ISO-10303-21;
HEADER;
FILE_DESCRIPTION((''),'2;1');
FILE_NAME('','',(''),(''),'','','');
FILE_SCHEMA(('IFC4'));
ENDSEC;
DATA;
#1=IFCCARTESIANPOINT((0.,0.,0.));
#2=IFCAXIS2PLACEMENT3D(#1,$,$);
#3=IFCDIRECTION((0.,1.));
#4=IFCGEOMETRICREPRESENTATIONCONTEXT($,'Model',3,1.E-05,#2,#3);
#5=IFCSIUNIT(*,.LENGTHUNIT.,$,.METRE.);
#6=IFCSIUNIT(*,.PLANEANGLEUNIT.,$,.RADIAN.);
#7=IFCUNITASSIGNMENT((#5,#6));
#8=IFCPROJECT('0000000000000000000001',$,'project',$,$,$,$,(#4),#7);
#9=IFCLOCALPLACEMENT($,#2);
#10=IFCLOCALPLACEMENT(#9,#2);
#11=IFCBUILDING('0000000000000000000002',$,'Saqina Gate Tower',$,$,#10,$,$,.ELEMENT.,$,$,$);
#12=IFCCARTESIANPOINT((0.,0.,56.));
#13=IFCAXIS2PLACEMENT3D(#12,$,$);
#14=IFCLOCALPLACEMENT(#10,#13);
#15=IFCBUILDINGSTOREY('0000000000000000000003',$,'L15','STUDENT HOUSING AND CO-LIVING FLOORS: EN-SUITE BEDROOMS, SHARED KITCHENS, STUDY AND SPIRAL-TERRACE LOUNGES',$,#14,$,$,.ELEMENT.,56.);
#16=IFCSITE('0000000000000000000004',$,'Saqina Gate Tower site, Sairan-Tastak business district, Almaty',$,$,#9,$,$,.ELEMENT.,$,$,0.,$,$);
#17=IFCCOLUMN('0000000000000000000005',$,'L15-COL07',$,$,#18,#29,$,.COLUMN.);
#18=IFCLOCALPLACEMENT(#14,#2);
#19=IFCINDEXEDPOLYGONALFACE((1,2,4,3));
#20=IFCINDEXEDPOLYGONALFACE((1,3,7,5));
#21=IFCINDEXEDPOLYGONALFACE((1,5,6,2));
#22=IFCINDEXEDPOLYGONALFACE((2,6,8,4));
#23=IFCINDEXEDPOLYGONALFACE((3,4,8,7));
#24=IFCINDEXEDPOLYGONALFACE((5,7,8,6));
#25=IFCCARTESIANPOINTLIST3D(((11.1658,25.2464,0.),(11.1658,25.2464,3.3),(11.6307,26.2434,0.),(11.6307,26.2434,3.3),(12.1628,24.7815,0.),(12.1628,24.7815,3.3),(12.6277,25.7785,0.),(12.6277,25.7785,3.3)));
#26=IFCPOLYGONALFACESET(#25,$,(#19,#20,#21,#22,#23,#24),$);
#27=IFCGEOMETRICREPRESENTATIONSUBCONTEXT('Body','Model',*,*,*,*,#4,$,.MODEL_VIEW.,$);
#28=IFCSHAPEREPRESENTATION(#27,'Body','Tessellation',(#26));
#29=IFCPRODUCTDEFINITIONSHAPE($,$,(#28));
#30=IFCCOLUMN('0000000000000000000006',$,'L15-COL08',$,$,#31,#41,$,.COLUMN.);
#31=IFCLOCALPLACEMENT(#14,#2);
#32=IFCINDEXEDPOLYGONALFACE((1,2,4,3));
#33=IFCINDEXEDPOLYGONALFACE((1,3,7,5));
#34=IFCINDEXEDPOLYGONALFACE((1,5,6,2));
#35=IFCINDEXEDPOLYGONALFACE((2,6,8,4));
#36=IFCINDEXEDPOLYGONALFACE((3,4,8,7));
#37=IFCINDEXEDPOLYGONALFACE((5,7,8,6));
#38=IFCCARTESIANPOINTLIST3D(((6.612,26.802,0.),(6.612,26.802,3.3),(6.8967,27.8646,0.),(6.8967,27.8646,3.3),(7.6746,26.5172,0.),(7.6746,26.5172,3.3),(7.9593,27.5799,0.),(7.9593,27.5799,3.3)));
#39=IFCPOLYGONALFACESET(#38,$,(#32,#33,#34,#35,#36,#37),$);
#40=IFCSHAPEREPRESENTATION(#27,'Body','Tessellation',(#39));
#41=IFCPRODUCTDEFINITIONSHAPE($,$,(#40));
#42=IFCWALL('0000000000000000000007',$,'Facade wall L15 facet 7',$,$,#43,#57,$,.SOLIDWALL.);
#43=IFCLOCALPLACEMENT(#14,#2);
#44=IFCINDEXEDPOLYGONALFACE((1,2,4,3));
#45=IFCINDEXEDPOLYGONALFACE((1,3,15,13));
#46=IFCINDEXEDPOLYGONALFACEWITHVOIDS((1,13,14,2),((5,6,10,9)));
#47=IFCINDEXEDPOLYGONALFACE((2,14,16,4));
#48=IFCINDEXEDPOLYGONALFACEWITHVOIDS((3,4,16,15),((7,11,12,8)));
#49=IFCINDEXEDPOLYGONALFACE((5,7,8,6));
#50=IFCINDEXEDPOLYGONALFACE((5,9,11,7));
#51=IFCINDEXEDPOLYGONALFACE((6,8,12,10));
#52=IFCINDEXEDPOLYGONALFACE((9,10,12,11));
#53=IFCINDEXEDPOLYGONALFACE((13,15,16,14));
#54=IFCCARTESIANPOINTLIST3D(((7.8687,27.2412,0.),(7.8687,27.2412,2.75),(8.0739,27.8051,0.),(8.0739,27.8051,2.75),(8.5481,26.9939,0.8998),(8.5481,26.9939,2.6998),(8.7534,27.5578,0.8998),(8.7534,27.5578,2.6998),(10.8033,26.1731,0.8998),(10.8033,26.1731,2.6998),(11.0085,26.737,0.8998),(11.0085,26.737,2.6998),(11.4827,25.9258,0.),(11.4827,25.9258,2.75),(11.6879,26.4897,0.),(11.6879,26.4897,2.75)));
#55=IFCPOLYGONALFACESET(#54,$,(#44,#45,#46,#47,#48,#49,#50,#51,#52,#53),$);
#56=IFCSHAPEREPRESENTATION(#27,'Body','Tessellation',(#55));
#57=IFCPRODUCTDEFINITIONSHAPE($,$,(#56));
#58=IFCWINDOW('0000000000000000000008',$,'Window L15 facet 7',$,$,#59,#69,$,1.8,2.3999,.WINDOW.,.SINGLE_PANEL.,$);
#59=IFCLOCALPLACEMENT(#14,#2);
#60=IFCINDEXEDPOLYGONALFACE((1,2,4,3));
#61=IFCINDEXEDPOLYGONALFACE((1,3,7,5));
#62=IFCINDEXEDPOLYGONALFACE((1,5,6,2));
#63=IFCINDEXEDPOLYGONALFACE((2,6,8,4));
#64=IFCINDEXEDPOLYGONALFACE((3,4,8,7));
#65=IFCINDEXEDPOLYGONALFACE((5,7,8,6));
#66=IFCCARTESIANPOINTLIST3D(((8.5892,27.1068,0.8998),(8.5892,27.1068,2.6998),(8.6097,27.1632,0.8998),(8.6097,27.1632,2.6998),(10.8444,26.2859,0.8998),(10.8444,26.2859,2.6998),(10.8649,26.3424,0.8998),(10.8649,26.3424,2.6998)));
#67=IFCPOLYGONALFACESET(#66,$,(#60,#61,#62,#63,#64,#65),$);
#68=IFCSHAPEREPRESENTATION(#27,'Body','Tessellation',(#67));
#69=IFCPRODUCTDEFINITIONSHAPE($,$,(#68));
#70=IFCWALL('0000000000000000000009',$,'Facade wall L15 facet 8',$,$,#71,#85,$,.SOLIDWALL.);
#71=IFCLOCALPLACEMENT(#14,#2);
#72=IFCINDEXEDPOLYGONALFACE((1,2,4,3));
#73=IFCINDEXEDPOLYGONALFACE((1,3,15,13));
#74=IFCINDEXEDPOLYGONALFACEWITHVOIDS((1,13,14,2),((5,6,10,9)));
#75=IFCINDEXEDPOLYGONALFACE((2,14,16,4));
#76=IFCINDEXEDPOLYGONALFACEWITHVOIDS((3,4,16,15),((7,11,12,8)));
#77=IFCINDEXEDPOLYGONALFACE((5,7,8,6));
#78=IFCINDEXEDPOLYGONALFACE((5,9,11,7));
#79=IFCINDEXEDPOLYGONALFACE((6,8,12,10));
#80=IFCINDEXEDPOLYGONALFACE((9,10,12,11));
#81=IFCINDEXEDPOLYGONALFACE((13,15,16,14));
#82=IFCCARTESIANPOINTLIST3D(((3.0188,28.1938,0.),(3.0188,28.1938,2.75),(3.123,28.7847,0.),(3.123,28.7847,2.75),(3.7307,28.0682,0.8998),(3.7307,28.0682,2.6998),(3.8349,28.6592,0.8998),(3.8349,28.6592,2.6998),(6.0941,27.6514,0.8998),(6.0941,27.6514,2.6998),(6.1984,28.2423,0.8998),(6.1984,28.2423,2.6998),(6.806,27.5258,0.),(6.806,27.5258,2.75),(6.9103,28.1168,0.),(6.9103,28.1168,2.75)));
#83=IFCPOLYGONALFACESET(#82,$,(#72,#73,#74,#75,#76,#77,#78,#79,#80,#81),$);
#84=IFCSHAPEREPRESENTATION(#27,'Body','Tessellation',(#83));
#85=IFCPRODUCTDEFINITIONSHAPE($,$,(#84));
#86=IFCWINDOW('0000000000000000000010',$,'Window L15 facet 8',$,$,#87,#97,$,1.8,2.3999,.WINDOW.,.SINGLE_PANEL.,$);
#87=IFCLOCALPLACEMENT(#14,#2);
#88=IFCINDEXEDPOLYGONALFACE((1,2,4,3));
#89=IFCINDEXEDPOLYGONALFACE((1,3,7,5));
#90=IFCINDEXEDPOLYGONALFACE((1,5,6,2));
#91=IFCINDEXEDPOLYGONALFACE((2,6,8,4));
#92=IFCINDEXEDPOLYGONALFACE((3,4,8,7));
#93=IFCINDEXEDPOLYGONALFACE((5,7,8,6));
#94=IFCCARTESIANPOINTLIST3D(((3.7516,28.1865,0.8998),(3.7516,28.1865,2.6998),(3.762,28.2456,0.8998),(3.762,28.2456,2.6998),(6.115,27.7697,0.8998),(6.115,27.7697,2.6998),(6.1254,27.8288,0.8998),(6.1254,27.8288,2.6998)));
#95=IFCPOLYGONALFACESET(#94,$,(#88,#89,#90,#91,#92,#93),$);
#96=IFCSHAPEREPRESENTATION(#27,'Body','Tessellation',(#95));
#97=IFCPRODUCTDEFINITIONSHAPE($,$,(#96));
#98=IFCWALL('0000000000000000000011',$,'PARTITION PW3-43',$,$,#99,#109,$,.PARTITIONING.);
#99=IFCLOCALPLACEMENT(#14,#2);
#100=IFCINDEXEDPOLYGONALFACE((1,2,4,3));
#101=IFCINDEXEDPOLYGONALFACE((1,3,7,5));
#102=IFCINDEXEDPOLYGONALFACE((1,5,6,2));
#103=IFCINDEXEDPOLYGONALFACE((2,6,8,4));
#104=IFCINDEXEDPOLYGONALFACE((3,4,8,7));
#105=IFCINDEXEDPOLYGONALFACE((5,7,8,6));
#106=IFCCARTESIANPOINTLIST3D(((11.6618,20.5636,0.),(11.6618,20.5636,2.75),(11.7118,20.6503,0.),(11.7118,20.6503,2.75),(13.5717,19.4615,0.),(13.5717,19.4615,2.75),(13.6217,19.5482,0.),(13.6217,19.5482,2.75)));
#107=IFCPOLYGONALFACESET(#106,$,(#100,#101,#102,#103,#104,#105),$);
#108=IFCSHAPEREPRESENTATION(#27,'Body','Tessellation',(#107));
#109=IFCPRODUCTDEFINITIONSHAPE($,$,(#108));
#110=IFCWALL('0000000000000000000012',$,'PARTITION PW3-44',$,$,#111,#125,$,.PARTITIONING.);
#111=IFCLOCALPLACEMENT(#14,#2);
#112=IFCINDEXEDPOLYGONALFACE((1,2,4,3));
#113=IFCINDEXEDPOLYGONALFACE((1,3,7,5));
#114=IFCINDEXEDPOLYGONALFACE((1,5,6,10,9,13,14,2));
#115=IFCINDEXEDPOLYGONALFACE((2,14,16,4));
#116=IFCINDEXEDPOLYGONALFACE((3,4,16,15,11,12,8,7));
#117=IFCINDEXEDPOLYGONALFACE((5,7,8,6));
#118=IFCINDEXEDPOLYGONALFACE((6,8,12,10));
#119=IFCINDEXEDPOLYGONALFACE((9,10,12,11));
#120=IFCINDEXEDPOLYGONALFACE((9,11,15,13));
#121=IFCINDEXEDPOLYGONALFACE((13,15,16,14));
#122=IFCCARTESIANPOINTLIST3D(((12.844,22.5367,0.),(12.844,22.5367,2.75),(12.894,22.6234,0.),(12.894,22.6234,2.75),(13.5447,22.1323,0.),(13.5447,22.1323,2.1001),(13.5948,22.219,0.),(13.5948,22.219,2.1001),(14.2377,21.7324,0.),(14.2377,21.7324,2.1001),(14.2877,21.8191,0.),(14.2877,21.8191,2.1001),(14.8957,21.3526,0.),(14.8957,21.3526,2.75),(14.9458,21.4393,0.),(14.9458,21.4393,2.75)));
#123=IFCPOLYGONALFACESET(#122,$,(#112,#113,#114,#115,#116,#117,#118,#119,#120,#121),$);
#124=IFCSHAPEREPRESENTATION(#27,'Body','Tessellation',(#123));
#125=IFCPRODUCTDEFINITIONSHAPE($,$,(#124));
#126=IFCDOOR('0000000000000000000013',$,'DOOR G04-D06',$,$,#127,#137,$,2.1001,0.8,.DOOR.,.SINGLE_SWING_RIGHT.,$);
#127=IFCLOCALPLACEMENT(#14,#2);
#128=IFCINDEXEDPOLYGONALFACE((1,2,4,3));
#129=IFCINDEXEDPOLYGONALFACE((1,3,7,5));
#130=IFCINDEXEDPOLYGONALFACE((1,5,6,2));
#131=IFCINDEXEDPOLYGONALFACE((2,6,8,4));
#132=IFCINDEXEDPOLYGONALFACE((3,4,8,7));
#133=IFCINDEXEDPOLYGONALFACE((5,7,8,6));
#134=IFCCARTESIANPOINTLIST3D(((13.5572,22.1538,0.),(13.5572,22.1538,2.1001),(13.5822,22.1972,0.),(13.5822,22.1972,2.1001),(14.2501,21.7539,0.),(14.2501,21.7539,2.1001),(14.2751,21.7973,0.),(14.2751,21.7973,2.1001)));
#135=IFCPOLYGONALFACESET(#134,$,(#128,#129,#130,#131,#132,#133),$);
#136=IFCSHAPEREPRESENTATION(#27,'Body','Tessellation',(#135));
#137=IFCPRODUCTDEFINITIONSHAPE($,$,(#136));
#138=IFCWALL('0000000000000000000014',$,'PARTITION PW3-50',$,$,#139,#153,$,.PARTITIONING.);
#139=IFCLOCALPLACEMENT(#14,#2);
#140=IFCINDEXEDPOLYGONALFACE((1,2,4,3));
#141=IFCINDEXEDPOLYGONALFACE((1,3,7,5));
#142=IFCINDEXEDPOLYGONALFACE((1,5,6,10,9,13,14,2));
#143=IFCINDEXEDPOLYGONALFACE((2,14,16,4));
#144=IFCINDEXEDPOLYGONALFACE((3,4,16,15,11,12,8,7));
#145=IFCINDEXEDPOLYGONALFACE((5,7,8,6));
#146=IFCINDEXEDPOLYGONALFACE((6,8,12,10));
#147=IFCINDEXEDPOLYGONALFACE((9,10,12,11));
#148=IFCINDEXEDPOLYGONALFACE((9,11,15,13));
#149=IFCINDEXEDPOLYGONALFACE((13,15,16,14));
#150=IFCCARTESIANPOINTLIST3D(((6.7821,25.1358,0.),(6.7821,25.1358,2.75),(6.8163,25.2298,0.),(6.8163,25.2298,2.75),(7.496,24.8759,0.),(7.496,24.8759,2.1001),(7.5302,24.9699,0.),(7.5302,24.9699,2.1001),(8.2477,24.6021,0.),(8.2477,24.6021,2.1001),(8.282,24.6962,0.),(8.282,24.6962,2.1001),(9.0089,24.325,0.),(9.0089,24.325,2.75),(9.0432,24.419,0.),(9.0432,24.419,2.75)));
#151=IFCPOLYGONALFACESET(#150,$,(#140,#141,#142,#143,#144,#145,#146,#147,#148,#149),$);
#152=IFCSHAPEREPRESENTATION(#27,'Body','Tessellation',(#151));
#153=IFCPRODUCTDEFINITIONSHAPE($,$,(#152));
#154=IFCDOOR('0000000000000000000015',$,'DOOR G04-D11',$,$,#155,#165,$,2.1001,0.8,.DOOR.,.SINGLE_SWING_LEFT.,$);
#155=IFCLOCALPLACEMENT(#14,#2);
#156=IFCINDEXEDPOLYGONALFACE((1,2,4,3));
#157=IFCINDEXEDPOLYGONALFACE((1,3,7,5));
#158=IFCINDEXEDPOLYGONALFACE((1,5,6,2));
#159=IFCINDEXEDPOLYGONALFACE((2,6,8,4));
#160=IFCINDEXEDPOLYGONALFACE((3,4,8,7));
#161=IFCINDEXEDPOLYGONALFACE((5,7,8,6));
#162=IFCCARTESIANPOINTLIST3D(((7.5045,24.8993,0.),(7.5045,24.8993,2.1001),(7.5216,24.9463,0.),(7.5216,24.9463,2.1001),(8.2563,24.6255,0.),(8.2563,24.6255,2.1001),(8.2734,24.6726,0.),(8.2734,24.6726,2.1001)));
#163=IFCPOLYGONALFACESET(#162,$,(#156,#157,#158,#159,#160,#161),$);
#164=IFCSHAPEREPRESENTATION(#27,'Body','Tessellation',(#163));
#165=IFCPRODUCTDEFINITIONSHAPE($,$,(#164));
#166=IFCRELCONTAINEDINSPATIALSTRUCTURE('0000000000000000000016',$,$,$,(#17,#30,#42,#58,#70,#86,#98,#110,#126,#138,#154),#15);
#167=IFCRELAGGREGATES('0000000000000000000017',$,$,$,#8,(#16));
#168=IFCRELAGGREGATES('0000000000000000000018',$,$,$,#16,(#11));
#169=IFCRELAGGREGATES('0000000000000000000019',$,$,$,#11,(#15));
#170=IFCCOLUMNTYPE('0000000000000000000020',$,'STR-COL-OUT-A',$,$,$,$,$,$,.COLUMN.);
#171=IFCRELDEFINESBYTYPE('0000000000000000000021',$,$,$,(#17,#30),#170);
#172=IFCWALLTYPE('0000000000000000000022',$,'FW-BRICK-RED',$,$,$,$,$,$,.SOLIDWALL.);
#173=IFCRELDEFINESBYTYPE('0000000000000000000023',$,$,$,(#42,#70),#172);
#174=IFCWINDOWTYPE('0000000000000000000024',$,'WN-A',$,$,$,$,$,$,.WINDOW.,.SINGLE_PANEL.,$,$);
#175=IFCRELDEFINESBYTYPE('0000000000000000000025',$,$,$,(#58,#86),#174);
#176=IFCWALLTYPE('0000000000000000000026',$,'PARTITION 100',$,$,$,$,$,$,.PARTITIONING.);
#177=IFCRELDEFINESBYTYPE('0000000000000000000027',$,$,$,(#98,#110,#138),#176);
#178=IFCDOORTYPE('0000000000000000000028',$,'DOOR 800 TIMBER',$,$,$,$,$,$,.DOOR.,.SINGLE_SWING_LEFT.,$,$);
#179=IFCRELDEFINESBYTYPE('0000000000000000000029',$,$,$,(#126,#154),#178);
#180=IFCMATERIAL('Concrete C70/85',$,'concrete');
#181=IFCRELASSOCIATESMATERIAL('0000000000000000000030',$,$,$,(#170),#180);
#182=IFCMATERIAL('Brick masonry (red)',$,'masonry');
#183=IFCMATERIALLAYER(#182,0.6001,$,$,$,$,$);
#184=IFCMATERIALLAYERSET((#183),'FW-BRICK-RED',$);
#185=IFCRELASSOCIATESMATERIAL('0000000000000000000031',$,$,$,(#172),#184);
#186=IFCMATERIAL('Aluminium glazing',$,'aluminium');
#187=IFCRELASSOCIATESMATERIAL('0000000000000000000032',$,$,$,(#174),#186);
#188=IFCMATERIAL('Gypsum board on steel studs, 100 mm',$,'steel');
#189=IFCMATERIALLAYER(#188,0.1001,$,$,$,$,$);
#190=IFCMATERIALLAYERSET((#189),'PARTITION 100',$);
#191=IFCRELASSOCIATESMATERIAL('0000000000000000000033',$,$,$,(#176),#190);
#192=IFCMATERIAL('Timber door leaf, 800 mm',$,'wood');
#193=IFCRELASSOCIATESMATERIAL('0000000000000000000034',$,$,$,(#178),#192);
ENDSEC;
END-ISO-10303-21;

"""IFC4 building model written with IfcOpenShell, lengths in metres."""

from ifc_helpers import new_model, si_unit, direction, frame, frame_2d, origin, origin_2d, place, context, subcontext, project, spatial, rectangle, extrude, material, layer, layer_set, material_profile, profile_set, type_object, element, fill, save


model = new_model("IFC4")

# Units and contexts
model_context = context("Model", 3, precision=1e-05, world=origin(), true_north=direction((0.0, 1.0)))
body_context = subcontext(model_context, "Body", "Model", "MODEL_VIEW")
ifc_project = project(units=[si_unit("LENGTHUNIT", "METRE"), si_unit("PLANEANGLEUNIT", "RADIAN")], contexts=[model_context])

# Site, building, storey
site_placement = place(None, origin())
site = spatial("IfcSite", under=ifc_project, at=site_placement, Name="Saqina Gate Tower site, Sairan-Tastak business district, Almaty", CompositionType="ELEMENT", RefElevation=0.0)
building_placement = place(site_placement, origin())
building = spatial("IfcBuilding", under=site, at=building_placement, Name="Saqina Gate Tower", CompositionType="ELEMENT")
storey_placement = place(building_placement, frame((0.0, 0.0, 56.0)))
storey = spatial("IfcBuildingStorey", under=building, at=storey_placement, Name="L15", Description="STUDENT HOUSING AND CO-LIVING FLOORS: EN-SUITE BEDROOMS, SHARED KITCHENS, STUDY AND SPIRAL-TERRACE LOUNGES", CompositionType="ELEMENT", Elevation=56.0)

# Columns
ifc_material_1 = material(Name="Concrete C70/85", Category="concrete")
ifc_material_profile = material_profile(ifc_material_1, rectangle(XDim=1.1001, YDim=1.1001, at=origin_2d()), Name="RC 1100x1100")
ifc_profile_set = profile_set([ifc_material_profile], Name="Concrete C70/85")
column_type = type_object("IfcColumnType", Name="STR-COL-OUT-A", PredefinedType="COLUMN", material=ifc_profile_set)
for number, where, z_axis, x_axis, name in (
    (1, (11.8967, 25.5125, 0.0), (0.0, 0.0, 1.0), (0.422618, 0.906308, 0.0), "L15-COL07"),
    (2, (7.2856, 27.1909, 0.0), (0.0, 0.0, 1.0), (0.258819, 0.965926, 0.0), "L15-COL08"),
):
    element("IfcColumn", number, at=place(storey_placement, frame(where, z_axis=z_axis, x_axis=x_axis)), inside=storey, type_object=column_type, Name=name, PredefinedType="COLUMN", context=body_context, shape_type="SweptSolid", body=[
        extrude(rectangle(XDim=1.1001, YDim=1.1001, at=origin_2d()), origin(), (0.0, 0.0, 1.0), 3.3),
    ])

# Walls, openings, windows
ifc_material_2 = material(Name="Brick masonry (red)", Category="masonry")
ifc_layer_1 = layer(ifc_material_2, 0.6001)
ifc_layer_set_1 = layer_set([ifc_layer_1], Name="FW-BRICK-RED")
wall_type_1 = type_object("IfcWallType", Name="FW-BRICK-RED", PredefinedType="SOLIDWALL", material=ifc_layer_set_1)
wall_1_placement = place(storey_placement, frame((11.5852, 26.2078, 0.0), z_axis=(0.0, 0.0, 1.0), x_axis=(-0.93969, 0.342028, 0.0)))
wall_1 = element("IfcWall", 3, at=wall_1_placement, inside=storey, type_object=wall_type_1, Name="Facade wall L15 facet 7", PredefinedType="SOLIDWALL", context=body_context, shape_type="SweptSolid", body=[
    extrude(rectangle(XDim=3.8459, YDim=0.6001, at=frame_2d((1.9229, 0.0))), origin(), (0.0, 0.0, 1.0), 2.75),
])
opening_1_placement = place(wall_1_placement, frame((0.7229, 0.0, 0.8999)))
opening_1 = element("IfcOpeningElement", 4, at=opening_1_placement, cuts=wall_1, PredefinedType="OPENING", context=body_context, shape_type="SweptSolid", body=[
    extrude(rectangle(XDim=2.3999, YDim=1.8, at=frame_2d((1.2, 0.8999))), frame((0.0, 0.312, 0.0), z_axis=(0.0, -1.0, 0.0), x_axis=(1.0, 0.0, 0.0)), (0.0, 0.0, 1.0), 0.624),
])
ifc_material_3 = material(Name="Aluminium glazing", Category="aluminium")
window_type = type_object("IfcWindowType", Name="WN-A", PartitioningType="SINGLE_PANEL", PredefinedType="WINDOW", material=ifc_material_3)
window_1_placement = place(opening_1_placement, origin())
window_1 = element("IfcWindow", 5, at=window_1_placement, inside=storey, type_object=window_type, Name="Window L15 facet 7", OverallHeight=1.8, OverallWidth=2.3999, PartitioningType="SINGLE_PANEL", PredefinedType="WINDOW", context=body_context, shape_type="SweptSolid", body=[
    extrude(rectangle(XDim=2.3999, YDim=1.8, at=frame_2d((1.2, 0.8999))), frame((0.0, 0.1799, 0.0), z_axis=(0.0, -1.0, 0.0), x_axis=(1.0, 0.0, 0.0)), (0.0, 0.0, 1.0), 0.0601),
])
fill(opening_1, window_1)
wall_2_placement = place(storey_placement, frame((6.8582, 27.8213, 0.0), z_axis=(0.0, 0.0, 1.0), x_axis=(-0.984801, 0.173688, 0.0)))
wall_2 = element("IfcWall", 6, at=wall_2_placement, inside=storey, type_object=wall_type_1, Name="Facade wall L15 facet 8", PredefinedType="SOLIDWALL", context=body_context, shape_type="SweptSolid", body=[
    extrude(rectangle(XDim=3.8457, YDim=0.6001, at=frame_2d((1.9229, 0.0))), origin(), (0.0, 0.0, 1.0), 2.75),
])
opening_2_placement = place(wall_2_placement, frame((0.7229, 0.0, 0.8999)))
opening_2 = element("IfcOpeningElement", 7, at=opening_2_placement, cuts=wall_2, PredefinedType="OPENING", context=body_context, shape_type="SweptSolid", body=[
    extrude(rectangle(XDim=2.3999, YDim=1.8, at=frame_2d((1.2, 0.8999))), frame((0.0, 0.312, 0.0), z_axis=(0.0, -1.0, 0.0), x_axis=(1.0, 0.0, 0.0)), (0.0, 0.0, 1.0), 0.624),
])
window_2_placement = place(opening_2_placement, origin())
window_2 = element("IfcWindow", 8, at=window_2_placement, inside=storey, type_object=window_type, Name="Window L15 facet 8", OverallHeight=1.8, OverallWidth=2.3999, PartitioningType="SINGLE_PANEL", PredefinedType="WINDOW", context=body_context, shape_type="SweptSolid", body=[
    extrude(rectangle(XDim=2.3999, YDim=1.8, at=frame_2d((1.2, 0.8999))), frame((0.0, 0.1799, 0.0), z_axis=(0.0, -1.0, 0.0), x_axis=(1.0, 0.0, 0.0)), (0.0, 0.0, 1.0), 0.0601),
])
fill(opening_2, window_2)

# Wall
ifc_material_4 = material(Name="Gypsum board on steel studs, 100 mm", Category="steel")
ifc_layer_2 = layer(ifc_material_4, 0.1001)
ifc_layer_set_2 = layer_set([ifc_layer_2], Name="PARTITION 100")
wall_type_2 = type_object("IfcWallType", Name="PARTITION 100", PredefinedType="PARTITIONING", material=ifc_layer_set_2)
wall_3_placement = place(storey_placement, frame((11.6868, 20.6069, 0.0), z_axis=(0.0, 0.0, 1.0), x_axis=(0.866151, -0.499783, 0.0)))
element("IfcWall", 9, at=wall_3_placement, inside=storey, type_object=wall_type_2, Name="PARTITION PW3-43", PredefinedType="PARTITIONING", context=body_context, shape_type="SweptSolid", body=[
    extrude(rectangle(XDim=2.2051, YDim=0.1001, at=frame_2d((1.1025, 0.0))), origin(), (0.0, 0.0, 1.0), 2.75),
])

# Walls, openings, doors
wall_4_placement = place(storey_placement, frame((12.8689, 22.5801, 0.0), z_axis=(0.0, 0.0, 1.0), x_axis=(0.866117, -0.499841, 0.0)))
wall_4 = element("IfcWall", 10, at=wall_4_placement, inside=storey, type_object=wall_type_2, Name="PARTITION PW3-44", PredefinedType="PARTITIONING", context=body_context, shape_type="SweptSolid", body=[
    extrude(rectangle(XDim=2.3689, YDim=0.1001, at=frame_2d((1.1846, 0.0))), origin(), (0.0, 0.0, 1.0), 2.75),
])
opening_3_placement = place(wall_4_placement, frame((0.8093, 0.0, 0.0)))
opening_3 = element("IfcOpeningElement", 11, at=opening_3_placement, cuts=wall_4, PredefinedType="OPENING", context=body_context, shape_type="SweptSolid", body=[
    extrude(rectangle(XDim=0.8, YDim=2.1001, at=frame_2d((0.3999, 1.05))), frame((0.0, 0.062, 0.0), z_axis=(0.0, -1.0, 0.0), x_axis=(1.0, 0.0, 0.0)), (0.0, 0.0, 1.0), 0.124),
])
ifc_material_5 = material(Name="Timber door leaf, 800 mm", Category="wood")
door_type_1 = type_object("IfcDoorType", Name="DOOR 800 TIMBER", OperationType="SINGLE_SWING_LEFT", PredefinedType="DOOR", material=ifc_material_5)
door_1_placement = place(opening_3_placement, origin())
door_1 = element("IfcDoor", 12, at=door_1_placement, inside=storey, type_object=door_type_1, Name="DOOR G04-D06", OperationType="SINGLE_SWING_RIGHT", OverallHeight=2.1001, OverallWidth=0.8, PredefinedType="DOOR", context=body_context, shape_type="SweptSolid", body=[
    extrude(rectangle(XDim=0.8, YDim=2.1001, at=frame_2d((0.3999, 1.05))), frame((0.0, 0.0249, 0.0), z_axis=(0.0, -1.0, 0.0), x_axis=(1.0, 0.0, 0.0)), (0.0, 0.0, 1.0), 0.05),
])
fill(opening_3, door_1)
wall_5_placement = place(storey_placement, frame((6.7991, 25.1829, 0.0), z_axis=(0.0, 0.0, 1.0), x_axis=(0.939652, -0.342132, 0.0)))
wall_5 = element("IfcWall", 13, at=wall_5_placement, inside=storey, type_object=wall_type_2, Name="PARTITION PW3-50", PredefinedType="PARTITIONING", context=body_context, shape_type="SweptSolid", body=[
    extrude(rectangle(XDim=2.3699, YDim=0.1001, at=frame_2d((1.1851, 0.0))), origin(), (0.0, 0.0, 1.0), 2.75),
])
opening_4_placement = place(wall_5_placement, frame((0.76, 0.0, 0.0)))
opening_4 = element("IfcOpeningElement", 14, at=opening_4_placement, cuts=wall_5, PredefinedType="OPENING", context=body_context, shape_type="SweptSolid", body=[
    extrude(rectangle(XDim=0.8, YDim=2.1001, at=frame_2d((0.3999, 1.05))), frame((0.0, 0.062, 0.0), z_axis=(0.0, -1.0, 0.0), x_axis=(1.0, 0.0, 0.0)), (0.0, 0.0, 1.0), 0.124),
])
door_2_placement = place(opening_4_placement, origin())
door_2 = element("IfcDoor", 15, at=door_2_placement, inside=storey, type_object=door_type_1, Name="DOOR G04-D11", OperationType="SINGLE_SWING_LEFT", OverallHeight=2.1001, OverallWidth=0.8, PredefinedType="DOOR", context=body_context, shape_type="SweptSolid", body=[
    extrude(rectangle(XDim=0.8, YDim=2.1001, at=frame_2d((0.3999, 1.05))), frame((0.0, 0.0249, 0.0), z_axis=(0.0, -1.0, 0.0), x_axis=(1.0, 0.0, 0.0)), (0.0, 0.0, 1.0), 0.05),
])
fill(opening_4, door_2)

save(model, "model.ifc")
